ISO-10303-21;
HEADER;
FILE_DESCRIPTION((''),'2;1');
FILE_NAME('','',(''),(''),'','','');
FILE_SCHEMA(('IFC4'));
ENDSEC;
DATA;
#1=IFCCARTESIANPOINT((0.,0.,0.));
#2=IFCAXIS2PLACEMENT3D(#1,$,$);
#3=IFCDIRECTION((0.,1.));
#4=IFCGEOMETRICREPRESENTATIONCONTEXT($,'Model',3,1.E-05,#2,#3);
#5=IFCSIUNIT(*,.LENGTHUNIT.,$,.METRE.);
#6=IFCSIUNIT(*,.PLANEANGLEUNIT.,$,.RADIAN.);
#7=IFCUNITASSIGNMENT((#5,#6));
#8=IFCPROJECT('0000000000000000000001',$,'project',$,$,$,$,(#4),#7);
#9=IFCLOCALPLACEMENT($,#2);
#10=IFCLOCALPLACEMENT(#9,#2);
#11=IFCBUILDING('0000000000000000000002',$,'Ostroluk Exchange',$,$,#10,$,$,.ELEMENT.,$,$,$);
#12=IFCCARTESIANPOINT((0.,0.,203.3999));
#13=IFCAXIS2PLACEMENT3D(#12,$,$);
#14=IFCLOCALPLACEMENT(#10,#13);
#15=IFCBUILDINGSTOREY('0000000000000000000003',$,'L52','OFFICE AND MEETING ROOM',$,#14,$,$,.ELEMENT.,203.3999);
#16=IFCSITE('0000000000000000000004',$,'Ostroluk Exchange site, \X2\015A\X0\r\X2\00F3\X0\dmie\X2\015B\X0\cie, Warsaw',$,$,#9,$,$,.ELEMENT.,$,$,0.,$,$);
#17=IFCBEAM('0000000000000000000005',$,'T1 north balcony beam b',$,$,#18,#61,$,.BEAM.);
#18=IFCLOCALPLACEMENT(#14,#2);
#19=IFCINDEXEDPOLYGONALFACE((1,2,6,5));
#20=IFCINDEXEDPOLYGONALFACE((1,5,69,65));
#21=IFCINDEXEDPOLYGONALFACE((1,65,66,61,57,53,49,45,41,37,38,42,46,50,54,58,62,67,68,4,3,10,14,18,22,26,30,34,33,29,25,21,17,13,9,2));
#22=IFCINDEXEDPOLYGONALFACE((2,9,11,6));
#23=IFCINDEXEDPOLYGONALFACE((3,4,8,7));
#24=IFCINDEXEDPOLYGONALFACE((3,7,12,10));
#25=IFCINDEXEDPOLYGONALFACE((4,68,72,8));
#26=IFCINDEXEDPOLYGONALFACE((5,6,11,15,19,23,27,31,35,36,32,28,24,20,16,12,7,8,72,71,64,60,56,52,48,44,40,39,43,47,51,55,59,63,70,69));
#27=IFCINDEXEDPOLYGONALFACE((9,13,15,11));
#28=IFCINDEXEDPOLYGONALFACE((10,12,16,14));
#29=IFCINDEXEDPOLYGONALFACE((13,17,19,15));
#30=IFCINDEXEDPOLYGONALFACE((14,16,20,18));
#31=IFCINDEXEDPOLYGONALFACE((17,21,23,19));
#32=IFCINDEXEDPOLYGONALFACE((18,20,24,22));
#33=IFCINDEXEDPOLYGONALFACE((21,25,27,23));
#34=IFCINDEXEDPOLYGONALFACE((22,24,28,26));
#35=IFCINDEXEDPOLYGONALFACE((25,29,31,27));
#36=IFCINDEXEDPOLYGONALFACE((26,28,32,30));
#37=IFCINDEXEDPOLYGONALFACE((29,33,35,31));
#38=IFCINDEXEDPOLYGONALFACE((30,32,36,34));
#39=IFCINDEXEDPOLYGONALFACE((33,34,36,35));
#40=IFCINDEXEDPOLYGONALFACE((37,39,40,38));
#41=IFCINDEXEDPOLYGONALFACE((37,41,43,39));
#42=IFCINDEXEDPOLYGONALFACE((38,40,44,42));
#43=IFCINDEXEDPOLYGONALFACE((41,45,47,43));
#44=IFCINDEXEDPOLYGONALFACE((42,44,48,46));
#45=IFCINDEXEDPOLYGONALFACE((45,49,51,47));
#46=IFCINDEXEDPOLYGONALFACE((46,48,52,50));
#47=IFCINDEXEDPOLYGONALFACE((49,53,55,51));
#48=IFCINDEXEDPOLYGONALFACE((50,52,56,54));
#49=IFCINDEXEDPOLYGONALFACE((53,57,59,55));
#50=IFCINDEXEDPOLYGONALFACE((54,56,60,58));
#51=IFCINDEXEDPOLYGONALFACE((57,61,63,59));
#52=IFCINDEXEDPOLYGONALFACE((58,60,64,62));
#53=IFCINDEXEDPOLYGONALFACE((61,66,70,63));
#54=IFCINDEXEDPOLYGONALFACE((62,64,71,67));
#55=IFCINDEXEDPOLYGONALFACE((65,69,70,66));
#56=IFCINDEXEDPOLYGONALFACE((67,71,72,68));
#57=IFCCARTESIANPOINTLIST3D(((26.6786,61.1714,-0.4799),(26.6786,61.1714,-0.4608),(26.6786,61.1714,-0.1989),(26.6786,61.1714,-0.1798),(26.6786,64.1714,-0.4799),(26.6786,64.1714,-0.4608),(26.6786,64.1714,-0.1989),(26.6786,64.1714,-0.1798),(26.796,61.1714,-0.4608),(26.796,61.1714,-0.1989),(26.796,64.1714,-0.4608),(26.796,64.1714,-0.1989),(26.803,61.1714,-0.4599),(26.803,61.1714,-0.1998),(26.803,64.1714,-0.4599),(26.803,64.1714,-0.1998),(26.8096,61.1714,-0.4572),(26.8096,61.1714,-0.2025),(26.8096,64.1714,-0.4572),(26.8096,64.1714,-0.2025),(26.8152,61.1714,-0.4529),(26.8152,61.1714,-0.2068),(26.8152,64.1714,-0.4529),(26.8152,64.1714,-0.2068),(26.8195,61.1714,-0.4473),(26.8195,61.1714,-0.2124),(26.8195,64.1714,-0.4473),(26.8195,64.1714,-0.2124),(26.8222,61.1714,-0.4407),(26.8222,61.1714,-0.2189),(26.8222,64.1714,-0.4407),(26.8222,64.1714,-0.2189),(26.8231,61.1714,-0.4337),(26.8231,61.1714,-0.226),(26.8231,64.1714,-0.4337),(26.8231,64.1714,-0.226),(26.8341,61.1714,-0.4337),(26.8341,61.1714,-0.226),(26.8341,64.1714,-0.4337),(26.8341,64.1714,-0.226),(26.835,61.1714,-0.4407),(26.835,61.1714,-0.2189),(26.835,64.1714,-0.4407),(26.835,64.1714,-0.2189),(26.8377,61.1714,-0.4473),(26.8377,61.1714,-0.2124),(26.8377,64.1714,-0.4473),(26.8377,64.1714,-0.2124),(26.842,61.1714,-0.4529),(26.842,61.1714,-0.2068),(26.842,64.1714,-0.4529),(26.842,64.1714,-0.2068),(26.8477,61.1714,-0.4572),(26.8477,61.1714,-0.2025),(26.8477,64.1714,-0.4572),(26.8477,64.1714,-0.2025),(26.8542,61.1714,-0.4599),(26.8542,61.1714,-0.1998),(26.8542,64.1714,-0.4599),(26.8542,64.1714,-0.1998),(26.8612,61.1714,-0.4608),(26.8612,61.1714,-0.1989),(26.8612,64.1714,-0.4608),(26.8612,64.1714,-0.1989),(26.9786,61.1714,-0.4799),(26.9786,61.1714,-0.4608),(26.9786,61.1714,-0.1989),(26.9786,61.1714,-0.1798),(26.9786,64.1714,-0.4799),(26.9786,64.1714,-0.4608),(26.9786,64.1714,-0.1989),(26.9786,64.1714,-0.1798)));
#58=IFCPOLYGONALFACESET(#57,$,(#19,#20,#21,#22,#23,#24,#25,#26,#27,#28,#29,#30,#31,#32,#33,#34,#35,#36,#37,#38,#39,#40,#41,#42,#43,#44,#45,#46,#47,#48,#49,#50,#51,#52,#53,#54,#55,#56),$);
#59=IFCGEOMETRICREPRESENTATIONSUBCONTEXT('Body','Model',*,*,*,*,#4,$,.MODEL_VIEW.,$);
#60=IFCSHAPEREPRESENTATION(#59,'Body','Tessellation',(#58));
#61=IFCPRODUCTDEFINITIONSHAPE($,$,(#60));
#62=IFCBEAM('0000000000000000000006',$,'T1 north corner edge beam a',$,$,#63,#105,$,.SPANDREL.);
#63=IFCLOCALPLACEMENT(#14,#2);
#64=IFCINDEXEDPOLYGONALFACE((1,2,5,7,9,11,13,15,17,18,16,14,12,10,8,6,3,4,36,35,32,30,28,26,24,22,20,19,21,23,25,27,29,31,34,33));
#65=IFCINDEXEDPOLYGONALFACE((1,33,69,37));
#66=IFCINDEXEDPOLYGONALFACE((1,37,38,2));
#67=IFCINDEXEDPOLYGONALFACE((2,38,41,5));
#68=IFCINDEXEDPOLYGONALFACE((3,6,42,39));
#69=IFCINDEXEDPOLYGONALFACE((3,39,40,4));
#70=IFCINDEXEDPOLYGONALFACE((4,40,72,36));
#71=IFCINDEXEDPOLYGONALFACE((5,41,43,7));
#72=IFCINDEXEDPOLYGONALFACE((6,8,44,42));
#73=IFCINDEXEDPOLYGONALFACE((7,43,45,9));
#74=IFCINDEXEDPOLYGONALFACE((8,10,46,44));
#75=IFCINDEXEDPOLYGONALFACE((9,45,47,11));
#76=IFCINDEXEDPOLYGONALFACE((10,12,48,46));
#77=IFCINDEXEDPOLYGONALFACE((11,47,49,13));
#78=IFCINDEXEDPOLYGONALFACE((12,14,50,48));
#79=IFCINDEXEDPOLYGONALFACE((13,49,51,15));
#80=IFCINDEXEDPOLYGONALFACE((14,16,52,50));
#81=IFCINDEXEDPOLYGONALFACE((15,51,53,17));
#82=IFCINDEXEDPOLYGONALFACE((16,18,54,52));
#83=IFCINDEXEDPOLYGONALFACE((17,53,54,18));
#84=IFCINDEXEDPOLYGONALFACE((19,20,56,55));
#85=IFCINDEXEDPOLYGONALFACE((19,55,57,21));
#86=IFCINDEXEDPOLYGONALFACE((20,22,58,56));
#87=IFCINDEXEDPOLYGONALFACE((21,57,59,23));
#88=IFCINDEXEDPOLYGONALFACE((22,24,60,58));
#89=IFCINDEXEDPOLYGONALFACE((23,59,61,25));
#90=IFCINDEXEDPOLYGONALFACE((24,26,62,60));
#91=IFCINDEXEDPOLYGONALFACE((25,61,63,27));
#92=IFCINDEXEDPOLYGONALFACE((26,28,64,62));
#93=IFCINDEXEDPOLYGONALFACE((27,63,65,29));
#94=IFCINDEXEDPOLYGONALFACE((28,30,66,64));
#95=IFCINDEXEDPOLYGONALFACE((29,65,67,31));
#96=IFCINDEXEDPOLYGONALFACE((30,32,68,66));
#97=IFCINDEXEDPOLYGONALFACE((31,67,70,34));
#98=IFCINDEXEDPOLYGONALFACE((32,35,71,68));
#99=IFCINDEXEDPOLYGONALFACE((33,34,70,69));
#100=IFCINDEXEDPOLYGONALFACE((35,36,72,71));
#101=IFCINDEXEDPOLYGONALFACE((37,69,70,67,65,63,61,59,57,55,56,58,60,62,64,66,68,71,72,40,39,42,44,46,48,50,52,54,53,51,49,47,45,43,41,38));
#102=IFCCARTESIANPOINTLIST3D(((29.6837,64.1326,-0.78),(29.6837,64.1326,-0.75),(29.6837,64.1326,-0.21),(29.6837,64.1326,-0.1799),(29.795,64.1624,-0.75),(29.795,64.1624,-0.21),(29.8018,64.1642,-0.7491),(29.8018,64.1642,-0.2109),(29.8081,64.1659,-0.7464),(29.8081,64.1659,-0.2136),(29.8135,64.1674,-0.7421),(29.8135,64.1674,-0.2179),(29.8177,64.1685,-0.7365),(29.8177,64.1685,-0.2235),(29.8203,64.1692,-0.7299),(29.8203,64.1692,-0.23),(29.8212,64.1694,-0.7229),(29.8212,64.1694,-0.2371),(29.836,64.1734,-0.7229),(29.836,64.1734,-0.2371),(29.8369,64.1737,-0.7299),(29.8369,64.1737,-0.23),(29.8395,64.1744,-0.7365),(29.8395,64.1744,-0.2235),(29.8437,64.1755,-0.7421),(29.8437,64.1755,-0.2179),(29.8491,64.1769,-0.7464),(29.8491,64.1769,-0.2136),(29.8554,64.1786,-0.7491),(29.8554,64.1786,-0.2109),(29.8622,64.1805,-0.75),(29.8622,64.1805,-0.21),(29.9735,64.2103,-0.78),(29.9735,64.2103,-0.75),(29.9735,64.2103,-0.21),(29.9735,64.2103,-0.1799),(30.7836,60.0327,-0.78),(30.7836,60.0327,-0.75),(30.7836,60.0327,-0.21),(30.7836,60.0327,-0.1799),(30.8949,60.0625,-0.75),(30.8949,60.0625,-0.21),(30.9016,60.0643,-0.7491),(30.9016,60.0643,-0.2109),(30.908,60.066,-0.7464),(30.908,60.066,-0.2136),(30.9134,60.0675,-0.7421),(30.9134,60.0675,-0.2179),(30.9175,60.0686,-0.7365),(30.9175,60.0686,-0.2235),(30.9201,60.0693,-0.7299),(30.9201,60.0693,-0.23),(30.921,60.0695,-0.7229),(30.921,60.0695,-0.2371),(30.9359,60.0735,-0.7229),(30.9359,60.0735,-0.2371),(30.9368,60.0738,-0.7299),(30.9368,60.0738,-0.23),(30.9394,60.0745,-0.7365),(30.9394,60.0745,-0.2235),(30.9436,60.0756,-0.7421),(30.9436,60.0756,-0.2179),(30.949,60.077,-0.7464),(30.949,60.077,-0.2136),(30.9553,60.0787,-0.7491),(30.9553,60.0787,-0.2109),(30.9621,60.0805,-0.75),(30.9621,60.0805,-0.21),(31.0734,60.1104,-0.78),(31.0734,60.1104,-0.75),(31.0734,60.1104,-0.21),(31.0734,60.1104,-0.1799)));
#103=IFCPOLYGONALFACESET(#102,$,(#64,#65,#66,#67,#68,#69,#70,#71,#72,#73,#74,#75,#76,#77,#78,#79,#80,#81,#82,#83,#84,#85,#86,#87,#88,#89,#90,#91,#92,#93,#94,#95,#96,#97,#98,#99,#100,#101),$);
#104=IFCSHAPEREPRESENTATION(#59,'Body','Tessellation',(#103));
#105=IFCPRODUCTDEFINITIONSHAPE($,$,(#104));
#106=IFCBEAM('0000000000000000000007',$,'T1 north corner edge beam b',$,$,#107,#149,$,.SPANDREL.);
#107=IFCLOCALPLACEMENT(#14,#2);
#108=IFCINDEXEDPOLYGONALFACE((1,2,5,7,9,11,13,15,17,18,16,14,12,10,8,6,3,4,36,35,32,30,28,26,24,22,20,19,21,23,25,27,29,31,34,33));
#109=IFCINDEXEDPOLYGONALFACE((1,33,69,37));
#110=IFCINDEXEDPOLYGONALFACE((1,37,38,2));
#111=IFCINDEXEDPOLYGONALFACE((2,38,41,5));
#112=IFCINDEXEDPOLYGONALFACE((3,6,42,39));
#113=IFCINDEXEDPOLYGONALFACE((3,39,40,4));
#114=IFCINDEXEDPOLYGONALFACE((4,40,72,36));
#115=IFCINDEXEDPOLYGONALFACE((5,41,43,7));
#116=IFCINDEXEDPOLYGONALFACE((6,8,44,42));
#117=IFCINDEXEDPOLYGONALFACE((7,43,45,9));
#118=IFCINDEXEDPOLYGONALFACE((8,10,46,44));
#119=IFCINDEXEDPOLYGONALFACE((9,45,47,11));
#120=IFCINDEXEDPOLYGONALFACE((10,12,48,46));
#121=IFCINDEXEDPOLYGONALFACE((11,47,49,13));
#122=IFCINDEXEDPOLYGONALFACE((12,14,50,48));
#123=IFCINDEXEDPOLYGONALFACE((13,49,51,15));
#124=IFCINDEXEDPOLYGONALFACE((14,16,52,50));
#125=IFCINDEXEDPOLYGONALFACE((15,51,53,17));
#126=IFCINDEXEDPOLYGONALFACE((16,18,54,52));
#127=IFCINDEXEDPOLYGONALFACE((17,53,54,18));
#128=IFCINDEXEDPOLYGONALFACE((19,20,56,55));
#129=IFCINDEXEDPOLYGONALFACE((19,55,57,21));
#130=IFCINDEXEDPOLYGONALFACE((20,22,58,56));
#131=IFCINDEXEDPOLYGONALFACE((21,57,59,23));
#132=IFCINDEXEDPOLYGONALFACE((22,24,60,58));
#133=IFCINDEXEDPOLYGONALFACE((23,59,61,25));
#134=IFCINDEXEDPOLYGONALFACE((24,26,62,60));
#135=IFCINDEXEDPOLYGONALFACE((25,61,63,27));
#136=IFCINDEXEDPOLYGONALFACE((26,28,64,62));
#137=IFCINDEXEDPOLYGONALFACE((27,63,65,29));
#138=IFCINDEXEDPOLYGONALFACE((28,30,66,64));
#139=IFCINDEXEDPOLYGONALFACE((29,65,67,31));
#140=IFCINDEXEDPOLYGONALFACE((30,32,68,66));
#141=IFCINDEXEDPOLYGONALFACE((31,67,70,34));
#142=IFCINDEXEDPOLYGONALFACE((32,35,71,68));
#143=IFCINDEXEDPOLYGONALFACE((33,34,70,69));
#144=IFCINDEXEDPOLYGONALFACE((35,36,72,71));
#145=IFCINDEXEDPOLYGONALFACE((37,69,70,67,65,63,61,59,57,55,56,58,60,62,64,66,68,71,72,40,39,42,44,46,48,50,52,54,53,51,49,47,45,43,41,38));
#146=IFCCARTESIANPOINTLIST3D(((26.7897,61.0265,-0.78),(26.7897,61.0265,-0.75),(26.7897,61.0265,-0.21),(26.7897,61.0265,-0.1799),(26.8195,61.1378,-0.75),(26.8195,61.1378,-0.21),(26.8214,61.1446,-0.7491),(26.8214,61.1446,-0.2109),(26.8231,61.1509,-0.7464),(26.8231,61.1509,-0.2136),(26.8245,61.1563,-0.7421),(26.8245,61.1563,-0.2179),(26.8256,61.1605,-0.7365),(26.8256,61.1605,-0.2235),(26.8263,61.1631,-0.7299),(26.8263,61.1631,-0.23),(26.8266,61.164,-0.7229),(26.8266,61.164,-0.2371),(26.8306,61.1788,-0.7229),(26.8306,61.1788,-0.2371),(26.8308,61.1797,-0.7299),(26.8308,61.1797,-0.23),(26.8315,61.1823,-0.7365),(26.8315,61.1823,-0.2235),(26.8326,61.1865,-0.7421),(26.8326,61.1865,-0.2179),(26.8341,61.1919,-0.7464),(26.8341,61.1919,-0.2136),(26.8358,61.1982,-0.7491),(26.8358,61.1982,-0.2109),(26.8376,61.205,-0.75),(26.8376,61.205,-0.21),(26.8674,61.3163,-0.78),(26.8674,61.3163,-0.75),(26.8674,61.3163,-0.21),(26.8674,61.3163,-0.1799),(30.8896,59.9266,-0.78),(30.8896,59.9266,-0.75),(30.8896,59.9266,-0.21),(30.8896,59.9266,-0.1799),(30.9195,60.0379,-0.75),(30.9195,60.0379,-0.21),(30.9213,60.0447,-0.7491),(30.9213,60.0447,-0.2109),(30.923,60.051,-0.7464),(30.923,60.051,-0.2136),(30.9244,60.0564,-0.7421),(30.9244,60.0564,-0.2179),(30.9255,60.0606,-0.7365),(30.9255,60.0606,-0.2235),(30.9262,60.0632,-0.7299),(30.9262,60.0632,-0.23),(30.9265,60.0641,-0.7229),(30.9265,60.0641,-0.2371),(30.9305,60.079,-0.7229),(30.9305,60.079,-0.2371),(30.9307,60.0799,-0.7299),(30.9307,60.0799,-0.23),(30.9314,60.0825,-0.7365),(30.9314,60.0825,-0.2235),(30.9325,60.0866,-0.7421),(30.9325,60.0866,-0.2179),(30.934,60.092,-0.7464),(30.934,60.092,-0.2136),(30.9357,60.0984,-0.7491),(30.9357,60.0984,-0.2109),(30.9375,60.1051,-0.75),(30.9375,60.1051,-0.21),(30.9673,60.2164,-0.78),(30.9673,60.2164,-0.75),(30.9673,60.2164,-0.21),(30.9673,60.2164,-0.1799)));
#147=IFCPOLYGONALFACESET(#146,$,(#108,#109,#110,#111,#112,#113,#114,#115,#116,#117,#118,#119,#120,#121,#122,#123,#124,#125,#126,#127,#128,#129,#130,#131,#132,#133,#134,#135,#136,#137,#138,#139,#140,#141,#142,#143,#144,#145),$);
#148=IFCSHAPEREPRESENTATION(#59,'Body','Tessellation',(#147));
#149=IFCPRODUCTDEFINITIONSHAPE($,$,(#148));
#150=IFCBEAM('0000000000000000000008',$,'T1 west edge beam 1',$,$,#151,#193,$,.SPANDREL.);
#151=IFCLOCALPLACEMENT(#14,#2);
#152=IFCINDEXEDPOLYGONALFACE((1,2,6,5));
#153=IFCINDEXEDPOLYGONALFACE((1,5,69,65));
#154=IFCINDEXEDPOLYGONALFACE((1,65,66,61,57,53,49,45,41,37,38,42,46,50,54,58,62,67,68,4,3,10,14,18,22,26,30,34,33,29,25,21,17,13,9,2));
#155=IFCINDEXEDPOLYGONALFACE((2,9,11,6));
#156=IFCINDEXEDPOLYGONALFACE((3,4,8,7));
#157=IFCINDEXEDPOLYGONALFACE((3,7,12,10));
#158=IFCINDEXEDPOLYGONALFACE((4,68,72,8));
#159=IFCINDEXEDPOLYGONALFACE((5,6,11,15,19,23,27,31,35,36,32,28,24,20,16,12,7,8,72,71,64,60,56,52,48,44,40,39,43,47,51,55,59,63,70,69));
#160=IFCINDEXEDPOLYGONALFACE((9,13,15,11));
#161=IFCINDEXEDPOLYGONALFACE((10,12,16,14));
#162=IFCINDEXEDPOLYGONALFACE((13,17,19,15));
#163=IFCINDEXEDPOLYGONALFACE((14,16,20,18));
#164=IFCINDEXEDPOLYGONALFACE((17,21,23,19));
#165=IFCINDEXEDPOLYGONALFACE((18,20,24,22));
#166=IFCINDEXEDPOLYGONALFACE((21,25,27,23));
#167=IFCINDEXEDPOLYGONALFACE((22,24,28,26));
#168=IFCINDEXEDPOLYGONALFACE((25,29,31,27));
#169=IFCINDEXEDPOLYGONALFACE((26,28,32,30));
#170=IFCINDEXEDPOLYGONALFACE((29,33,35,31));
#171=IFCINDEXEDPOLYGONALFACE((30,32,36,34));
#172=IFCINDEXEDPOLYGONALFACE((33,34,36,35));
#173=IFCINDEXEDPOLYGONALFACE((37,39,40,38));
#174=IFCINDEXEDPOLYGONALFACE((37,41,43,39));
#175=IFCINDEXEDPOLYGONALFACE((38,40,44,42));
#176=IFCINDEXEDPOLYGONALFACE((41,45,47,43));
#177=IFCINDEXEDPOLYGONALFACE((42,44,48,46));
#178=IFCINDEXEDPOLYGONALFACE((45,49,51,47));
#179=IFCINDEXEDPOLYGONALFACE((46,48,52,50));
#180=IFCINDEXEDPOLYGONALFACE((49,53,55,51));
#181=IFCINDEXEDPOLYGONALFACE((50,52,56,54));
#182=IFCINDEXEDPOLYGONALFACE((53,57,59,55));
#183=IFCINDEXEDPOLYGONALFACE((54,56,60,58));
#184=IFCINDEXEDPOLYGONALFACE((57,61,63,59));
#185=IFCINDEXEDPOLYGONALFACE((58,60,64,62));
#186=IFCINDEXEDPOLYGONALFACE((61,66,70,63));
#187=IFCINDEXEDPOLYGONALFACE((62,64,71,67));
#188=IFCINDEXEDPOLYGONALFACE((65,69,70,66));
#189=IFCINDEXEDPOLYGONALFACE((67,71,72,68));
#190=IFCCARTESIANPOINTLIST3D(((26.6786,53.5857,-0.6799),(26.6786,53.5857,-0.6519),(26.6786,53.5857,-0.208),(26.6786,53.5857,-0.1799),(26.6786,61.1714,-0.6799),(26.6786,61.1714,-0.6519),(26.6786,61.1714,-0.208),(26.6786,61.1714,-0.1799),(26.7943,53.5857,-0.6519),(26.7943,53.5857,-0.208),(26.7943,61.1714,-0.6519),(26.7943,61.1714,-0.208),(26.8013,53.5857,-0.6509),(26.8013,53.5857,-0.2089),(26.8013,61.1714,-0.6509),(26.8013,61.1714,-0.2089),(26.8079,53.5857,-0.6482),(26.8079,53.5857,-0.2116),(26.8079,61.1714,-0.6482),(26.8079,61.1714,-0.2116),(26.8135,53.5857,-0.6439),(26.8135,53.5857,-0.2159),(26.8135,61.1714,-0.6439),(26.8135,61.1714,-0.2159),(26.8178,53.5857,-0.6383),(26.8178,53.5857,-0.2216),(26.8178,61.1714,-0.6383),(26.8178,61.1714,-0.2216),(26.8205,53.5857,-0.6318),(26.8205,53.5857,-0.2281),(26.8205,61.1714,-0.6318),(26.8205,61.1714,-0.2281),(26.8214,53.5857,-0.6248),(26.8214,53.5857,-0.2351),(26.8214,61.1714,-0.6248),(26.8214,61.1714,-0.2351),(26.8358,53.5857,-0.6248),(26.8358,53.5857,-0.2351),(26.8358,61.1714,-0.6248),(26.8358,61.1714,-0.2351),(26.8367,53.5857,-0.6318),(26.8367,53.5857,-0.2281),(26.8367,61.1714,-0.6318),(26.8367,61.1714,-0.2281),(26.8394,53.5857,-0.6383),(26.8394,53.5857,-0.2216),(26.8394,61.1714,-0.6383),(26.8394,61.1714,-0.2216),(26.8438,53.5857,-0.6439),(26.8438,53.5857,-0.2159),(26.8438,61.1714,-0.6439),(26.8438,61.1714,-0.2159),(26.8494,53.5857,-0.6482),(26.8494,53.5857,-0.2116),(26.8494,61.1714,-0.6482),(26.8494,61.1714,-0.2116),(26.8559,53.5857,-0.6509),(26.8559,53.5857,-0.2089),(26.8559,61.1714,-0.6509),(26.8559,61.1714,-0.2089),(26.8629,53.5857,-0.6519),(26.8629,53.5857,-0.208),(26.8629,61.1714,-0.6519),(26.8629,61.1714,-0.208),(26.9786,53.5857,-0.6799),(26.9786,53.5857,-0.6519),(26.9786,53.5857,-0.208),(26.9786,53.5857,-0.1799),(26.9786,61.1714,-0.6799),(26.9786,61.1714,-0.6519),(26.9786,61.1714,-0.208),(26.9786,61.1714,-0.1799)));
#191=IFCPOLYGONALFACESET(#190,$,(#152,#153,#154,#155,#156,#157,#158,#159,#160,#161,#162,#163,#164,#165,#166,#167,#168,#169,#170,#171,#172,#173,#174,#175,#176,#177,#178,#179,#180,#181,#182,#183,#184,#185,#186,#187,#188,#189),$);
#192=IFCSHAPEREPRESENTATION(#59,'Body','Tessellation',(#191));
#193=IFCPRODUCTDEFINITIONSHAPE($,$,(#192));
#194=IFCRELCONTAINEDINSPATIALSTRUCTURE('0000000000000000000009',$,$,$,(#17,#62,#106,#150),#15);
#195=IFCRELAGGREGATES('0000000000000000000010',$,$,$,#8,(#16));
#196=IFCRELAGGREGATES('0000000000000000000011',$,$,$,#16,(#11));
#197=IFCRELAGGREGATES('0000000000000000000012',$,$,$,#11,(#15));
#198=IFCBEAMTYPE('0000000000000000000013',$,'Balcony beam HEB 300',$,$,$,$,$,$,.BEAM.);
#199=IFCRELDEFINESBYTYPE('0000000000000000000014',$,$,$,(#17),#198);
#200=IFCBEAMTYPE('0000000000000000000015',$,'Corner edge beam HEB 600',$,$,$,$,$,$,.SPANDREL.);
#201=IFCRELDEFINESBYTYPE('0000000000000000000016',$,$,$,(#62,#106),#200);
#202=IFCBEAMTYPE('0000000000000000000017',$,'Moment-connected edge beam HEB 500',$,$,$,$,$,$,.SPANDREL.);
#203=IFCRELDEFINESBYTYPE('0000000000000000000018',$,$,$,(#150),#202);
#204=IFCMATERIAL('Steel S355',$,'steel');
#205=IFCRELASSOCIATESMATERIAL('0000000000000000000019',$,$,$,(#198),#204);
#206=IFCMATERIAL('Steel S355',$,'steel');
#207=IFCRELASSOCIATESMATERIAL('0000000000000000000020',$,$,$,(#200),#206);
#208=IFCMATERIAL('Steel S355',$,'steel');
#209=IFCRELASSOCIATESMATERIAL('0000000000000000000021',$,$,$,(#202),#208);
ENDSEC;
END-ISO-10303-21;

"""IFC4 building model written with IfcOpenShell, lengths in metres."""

from ifc_helpers import new_model, si_unit, direction, frame, origin, origin_2d, place, context, subcontext, project, spatial, i_section, extrude, material, material_profile, profile_set, type_object, element, save


model = new_model("IFC4")

# Units and contexts
model_context = context("Model", 3, precision=1e-05, world=origin(), true_north=direction((0.0, 1.0)))
body_context = subcontext(model_context, "Body", "Model", "MODEL_VIEW")
ifc_project = project(units=[si_unit("LENGTHUNIT", "METRE"), si_unit("PLANEANGLEUNIT", "RADIAN")], contexts=[model_context])

# Site, building, storey
site_placement = place(None, origin())
site = spatial("IfcSite", under=ifc_project, at=site_placement, Name="Ostroluk Exchange site, Śródmieście, Warsaw", CompositionType="ELEMENT", RefElevation=0.0)
building_placement = place(site_placement, origin())
building = spatial("IfcBuilding", under=site, at=building_placement, Name="Ostroluk Exchange", CompositionType="ELEMENT")
storey_placement = place(building_placement, frame((0.0, 0.0, 203.3999)))
storey = spatial("IfcBuildingStorey", under=building, at=storey_placement, Name="L52", Description="OFFICE AND MEETING ROOM", CompositionType="ELEMENT", Elevation=203.3999)

# Beams
ifc_material_1 = material(Name="Steel S355", Category="steel")
ifc_material_profile_1 = material_profile(ifc_material_1, i_section(OverallWidth=0.3, OverallDepth=0.3, WebThickness=0.011, FlangeThickness=0.019, FilletRadius=0.0271, at=origin_2d()), Name="HEB 300")
ifc_profile_set_1 = profile_set([ifc_material_profile_1], Name="Steel S355")
beam_type_1 = type_object("IfcBeamType", Name="Balcony beam HEB 300", PredefinedType="BEAM", material=ifc_profile_set_1)
for number, where, z_axis, x_axis, name in (
    (1, (26.8286, 61.1714, -0.3298), (0.0, 1.0, 0.0), (-1.0, 0.0, 0.0), "T1 north balcony beam b"),
):
    element("IfcBeam", number, at=place(storey_placement, frame(where, z_axis=z_axis, x_axis=x_axis)), inside=storey, type_object=beam_type_1, Name=name, PredefinedType="BEAM", context=body_context, shape_type="SweptSolid", body=[
        extrude(i_section(OverallWidth=0.3, OverallDepth=0.3, WebThickness=0.011, FlangeThickness=0.019, FilletRadius=0.0271, at=origin_2d()), origin(), (0.0, 0.0, 1.0), 3.0),
    ])
ifc_material_2 = material(Name="Steel S355", Category="steel")
ifc_material_profile_2 = material_profile(ifc_material_2, i_section(OverallWidth=0.3, OverallDepth=0.6001, WebThickness=0.0154, FlangeThickness=0.03, FilletRadius=0.0271, at=origin_2d()), Name="HEB 600")
ifc_profile_set_2 = profile_set([ifc_material_profile_2], Name="Steel S355")
beam_type_2 = type_object("IfcBeamType", Name="Corner edge beam HEB 600", PredefinedType="SPANDREL", material=ifc_profile_set_2)
for number, where, z_axis, x_axis, name in (
    (2, (30.9285, 60.0715, -0.48), (-0.259105, 0.965849, 0.0), (-0.965849, -0.259105, 0.0), "T1 north corner edge beam a"),
    (3, (30.9285, 60.0715, -0.48), (-0.965849, 0.259105, 0.0), (-0.259105, -0.965849, 0.0), "T1 north corner edge beam b"),
):
    element("IfcBeam", number, at=place(storey_placement, frame(where, z_axis=z_axis, x_axis=x_axis)), inside=storey, type_object=beam_type_2, Name=name, PredefinedType="SPANDREL", context=body_context, shape_type="SweptSolid", body=[
        extrude(i_section(OverallWidth=0.3, OverallDepth=0.6001, WebThickness=0.0154, FlangeThickness=0.03, FilletRadius=0.0271, at=origin_2d()), origin(), (0.0, 0.0, 1.0), 4.2449),
    ])
ifc_material_3 = material(Name="Steel S355", Category="steel")
ifc_material_profile_3 = material_profile(ifc_material_3, i_section(OverallWidth=0.3, OverallDepth=0.5, WebThickness=0.0144, FlangeThickness=0.0281, FilletRadius=0.0271, at=origin_2d()), Name="HEB 500")
ifc_profile_set_3 = profile_set([ifc_material_profile_3], Name="Steel S355")
beam_type_3 = type_object("IfcBeamType", Name="Moment-connected edge beam HEB 500", PredefinedType="SPANDREL", material=ifc_profile_set_3)
beam_placement = place(storey_placement, frame((26.8286, 61.1714, -0.4299), z_axis=(0.0, -1.0, 0.0), x_axis=(1.0, 0.0, 0.0)))
element("IfcBeam", 4, at=beam_placement, inside=storey, type_object=beam_type_3, Name="T1 west edge beam 1", PredefinedType="SPANDREL", context=body_context, shape_type="SweptSolid", body=[
    extrude(i_section(OverallWidth=0.3, OverallDepth=0.5, WebThickness=0.0144, FlangeThickness=0.0281, FilletRadius=0.0271, at=origin_2d()), origin(), (0.0, 0.0, 1.0), 7.5857),
])

save(model, "model.ifc")
